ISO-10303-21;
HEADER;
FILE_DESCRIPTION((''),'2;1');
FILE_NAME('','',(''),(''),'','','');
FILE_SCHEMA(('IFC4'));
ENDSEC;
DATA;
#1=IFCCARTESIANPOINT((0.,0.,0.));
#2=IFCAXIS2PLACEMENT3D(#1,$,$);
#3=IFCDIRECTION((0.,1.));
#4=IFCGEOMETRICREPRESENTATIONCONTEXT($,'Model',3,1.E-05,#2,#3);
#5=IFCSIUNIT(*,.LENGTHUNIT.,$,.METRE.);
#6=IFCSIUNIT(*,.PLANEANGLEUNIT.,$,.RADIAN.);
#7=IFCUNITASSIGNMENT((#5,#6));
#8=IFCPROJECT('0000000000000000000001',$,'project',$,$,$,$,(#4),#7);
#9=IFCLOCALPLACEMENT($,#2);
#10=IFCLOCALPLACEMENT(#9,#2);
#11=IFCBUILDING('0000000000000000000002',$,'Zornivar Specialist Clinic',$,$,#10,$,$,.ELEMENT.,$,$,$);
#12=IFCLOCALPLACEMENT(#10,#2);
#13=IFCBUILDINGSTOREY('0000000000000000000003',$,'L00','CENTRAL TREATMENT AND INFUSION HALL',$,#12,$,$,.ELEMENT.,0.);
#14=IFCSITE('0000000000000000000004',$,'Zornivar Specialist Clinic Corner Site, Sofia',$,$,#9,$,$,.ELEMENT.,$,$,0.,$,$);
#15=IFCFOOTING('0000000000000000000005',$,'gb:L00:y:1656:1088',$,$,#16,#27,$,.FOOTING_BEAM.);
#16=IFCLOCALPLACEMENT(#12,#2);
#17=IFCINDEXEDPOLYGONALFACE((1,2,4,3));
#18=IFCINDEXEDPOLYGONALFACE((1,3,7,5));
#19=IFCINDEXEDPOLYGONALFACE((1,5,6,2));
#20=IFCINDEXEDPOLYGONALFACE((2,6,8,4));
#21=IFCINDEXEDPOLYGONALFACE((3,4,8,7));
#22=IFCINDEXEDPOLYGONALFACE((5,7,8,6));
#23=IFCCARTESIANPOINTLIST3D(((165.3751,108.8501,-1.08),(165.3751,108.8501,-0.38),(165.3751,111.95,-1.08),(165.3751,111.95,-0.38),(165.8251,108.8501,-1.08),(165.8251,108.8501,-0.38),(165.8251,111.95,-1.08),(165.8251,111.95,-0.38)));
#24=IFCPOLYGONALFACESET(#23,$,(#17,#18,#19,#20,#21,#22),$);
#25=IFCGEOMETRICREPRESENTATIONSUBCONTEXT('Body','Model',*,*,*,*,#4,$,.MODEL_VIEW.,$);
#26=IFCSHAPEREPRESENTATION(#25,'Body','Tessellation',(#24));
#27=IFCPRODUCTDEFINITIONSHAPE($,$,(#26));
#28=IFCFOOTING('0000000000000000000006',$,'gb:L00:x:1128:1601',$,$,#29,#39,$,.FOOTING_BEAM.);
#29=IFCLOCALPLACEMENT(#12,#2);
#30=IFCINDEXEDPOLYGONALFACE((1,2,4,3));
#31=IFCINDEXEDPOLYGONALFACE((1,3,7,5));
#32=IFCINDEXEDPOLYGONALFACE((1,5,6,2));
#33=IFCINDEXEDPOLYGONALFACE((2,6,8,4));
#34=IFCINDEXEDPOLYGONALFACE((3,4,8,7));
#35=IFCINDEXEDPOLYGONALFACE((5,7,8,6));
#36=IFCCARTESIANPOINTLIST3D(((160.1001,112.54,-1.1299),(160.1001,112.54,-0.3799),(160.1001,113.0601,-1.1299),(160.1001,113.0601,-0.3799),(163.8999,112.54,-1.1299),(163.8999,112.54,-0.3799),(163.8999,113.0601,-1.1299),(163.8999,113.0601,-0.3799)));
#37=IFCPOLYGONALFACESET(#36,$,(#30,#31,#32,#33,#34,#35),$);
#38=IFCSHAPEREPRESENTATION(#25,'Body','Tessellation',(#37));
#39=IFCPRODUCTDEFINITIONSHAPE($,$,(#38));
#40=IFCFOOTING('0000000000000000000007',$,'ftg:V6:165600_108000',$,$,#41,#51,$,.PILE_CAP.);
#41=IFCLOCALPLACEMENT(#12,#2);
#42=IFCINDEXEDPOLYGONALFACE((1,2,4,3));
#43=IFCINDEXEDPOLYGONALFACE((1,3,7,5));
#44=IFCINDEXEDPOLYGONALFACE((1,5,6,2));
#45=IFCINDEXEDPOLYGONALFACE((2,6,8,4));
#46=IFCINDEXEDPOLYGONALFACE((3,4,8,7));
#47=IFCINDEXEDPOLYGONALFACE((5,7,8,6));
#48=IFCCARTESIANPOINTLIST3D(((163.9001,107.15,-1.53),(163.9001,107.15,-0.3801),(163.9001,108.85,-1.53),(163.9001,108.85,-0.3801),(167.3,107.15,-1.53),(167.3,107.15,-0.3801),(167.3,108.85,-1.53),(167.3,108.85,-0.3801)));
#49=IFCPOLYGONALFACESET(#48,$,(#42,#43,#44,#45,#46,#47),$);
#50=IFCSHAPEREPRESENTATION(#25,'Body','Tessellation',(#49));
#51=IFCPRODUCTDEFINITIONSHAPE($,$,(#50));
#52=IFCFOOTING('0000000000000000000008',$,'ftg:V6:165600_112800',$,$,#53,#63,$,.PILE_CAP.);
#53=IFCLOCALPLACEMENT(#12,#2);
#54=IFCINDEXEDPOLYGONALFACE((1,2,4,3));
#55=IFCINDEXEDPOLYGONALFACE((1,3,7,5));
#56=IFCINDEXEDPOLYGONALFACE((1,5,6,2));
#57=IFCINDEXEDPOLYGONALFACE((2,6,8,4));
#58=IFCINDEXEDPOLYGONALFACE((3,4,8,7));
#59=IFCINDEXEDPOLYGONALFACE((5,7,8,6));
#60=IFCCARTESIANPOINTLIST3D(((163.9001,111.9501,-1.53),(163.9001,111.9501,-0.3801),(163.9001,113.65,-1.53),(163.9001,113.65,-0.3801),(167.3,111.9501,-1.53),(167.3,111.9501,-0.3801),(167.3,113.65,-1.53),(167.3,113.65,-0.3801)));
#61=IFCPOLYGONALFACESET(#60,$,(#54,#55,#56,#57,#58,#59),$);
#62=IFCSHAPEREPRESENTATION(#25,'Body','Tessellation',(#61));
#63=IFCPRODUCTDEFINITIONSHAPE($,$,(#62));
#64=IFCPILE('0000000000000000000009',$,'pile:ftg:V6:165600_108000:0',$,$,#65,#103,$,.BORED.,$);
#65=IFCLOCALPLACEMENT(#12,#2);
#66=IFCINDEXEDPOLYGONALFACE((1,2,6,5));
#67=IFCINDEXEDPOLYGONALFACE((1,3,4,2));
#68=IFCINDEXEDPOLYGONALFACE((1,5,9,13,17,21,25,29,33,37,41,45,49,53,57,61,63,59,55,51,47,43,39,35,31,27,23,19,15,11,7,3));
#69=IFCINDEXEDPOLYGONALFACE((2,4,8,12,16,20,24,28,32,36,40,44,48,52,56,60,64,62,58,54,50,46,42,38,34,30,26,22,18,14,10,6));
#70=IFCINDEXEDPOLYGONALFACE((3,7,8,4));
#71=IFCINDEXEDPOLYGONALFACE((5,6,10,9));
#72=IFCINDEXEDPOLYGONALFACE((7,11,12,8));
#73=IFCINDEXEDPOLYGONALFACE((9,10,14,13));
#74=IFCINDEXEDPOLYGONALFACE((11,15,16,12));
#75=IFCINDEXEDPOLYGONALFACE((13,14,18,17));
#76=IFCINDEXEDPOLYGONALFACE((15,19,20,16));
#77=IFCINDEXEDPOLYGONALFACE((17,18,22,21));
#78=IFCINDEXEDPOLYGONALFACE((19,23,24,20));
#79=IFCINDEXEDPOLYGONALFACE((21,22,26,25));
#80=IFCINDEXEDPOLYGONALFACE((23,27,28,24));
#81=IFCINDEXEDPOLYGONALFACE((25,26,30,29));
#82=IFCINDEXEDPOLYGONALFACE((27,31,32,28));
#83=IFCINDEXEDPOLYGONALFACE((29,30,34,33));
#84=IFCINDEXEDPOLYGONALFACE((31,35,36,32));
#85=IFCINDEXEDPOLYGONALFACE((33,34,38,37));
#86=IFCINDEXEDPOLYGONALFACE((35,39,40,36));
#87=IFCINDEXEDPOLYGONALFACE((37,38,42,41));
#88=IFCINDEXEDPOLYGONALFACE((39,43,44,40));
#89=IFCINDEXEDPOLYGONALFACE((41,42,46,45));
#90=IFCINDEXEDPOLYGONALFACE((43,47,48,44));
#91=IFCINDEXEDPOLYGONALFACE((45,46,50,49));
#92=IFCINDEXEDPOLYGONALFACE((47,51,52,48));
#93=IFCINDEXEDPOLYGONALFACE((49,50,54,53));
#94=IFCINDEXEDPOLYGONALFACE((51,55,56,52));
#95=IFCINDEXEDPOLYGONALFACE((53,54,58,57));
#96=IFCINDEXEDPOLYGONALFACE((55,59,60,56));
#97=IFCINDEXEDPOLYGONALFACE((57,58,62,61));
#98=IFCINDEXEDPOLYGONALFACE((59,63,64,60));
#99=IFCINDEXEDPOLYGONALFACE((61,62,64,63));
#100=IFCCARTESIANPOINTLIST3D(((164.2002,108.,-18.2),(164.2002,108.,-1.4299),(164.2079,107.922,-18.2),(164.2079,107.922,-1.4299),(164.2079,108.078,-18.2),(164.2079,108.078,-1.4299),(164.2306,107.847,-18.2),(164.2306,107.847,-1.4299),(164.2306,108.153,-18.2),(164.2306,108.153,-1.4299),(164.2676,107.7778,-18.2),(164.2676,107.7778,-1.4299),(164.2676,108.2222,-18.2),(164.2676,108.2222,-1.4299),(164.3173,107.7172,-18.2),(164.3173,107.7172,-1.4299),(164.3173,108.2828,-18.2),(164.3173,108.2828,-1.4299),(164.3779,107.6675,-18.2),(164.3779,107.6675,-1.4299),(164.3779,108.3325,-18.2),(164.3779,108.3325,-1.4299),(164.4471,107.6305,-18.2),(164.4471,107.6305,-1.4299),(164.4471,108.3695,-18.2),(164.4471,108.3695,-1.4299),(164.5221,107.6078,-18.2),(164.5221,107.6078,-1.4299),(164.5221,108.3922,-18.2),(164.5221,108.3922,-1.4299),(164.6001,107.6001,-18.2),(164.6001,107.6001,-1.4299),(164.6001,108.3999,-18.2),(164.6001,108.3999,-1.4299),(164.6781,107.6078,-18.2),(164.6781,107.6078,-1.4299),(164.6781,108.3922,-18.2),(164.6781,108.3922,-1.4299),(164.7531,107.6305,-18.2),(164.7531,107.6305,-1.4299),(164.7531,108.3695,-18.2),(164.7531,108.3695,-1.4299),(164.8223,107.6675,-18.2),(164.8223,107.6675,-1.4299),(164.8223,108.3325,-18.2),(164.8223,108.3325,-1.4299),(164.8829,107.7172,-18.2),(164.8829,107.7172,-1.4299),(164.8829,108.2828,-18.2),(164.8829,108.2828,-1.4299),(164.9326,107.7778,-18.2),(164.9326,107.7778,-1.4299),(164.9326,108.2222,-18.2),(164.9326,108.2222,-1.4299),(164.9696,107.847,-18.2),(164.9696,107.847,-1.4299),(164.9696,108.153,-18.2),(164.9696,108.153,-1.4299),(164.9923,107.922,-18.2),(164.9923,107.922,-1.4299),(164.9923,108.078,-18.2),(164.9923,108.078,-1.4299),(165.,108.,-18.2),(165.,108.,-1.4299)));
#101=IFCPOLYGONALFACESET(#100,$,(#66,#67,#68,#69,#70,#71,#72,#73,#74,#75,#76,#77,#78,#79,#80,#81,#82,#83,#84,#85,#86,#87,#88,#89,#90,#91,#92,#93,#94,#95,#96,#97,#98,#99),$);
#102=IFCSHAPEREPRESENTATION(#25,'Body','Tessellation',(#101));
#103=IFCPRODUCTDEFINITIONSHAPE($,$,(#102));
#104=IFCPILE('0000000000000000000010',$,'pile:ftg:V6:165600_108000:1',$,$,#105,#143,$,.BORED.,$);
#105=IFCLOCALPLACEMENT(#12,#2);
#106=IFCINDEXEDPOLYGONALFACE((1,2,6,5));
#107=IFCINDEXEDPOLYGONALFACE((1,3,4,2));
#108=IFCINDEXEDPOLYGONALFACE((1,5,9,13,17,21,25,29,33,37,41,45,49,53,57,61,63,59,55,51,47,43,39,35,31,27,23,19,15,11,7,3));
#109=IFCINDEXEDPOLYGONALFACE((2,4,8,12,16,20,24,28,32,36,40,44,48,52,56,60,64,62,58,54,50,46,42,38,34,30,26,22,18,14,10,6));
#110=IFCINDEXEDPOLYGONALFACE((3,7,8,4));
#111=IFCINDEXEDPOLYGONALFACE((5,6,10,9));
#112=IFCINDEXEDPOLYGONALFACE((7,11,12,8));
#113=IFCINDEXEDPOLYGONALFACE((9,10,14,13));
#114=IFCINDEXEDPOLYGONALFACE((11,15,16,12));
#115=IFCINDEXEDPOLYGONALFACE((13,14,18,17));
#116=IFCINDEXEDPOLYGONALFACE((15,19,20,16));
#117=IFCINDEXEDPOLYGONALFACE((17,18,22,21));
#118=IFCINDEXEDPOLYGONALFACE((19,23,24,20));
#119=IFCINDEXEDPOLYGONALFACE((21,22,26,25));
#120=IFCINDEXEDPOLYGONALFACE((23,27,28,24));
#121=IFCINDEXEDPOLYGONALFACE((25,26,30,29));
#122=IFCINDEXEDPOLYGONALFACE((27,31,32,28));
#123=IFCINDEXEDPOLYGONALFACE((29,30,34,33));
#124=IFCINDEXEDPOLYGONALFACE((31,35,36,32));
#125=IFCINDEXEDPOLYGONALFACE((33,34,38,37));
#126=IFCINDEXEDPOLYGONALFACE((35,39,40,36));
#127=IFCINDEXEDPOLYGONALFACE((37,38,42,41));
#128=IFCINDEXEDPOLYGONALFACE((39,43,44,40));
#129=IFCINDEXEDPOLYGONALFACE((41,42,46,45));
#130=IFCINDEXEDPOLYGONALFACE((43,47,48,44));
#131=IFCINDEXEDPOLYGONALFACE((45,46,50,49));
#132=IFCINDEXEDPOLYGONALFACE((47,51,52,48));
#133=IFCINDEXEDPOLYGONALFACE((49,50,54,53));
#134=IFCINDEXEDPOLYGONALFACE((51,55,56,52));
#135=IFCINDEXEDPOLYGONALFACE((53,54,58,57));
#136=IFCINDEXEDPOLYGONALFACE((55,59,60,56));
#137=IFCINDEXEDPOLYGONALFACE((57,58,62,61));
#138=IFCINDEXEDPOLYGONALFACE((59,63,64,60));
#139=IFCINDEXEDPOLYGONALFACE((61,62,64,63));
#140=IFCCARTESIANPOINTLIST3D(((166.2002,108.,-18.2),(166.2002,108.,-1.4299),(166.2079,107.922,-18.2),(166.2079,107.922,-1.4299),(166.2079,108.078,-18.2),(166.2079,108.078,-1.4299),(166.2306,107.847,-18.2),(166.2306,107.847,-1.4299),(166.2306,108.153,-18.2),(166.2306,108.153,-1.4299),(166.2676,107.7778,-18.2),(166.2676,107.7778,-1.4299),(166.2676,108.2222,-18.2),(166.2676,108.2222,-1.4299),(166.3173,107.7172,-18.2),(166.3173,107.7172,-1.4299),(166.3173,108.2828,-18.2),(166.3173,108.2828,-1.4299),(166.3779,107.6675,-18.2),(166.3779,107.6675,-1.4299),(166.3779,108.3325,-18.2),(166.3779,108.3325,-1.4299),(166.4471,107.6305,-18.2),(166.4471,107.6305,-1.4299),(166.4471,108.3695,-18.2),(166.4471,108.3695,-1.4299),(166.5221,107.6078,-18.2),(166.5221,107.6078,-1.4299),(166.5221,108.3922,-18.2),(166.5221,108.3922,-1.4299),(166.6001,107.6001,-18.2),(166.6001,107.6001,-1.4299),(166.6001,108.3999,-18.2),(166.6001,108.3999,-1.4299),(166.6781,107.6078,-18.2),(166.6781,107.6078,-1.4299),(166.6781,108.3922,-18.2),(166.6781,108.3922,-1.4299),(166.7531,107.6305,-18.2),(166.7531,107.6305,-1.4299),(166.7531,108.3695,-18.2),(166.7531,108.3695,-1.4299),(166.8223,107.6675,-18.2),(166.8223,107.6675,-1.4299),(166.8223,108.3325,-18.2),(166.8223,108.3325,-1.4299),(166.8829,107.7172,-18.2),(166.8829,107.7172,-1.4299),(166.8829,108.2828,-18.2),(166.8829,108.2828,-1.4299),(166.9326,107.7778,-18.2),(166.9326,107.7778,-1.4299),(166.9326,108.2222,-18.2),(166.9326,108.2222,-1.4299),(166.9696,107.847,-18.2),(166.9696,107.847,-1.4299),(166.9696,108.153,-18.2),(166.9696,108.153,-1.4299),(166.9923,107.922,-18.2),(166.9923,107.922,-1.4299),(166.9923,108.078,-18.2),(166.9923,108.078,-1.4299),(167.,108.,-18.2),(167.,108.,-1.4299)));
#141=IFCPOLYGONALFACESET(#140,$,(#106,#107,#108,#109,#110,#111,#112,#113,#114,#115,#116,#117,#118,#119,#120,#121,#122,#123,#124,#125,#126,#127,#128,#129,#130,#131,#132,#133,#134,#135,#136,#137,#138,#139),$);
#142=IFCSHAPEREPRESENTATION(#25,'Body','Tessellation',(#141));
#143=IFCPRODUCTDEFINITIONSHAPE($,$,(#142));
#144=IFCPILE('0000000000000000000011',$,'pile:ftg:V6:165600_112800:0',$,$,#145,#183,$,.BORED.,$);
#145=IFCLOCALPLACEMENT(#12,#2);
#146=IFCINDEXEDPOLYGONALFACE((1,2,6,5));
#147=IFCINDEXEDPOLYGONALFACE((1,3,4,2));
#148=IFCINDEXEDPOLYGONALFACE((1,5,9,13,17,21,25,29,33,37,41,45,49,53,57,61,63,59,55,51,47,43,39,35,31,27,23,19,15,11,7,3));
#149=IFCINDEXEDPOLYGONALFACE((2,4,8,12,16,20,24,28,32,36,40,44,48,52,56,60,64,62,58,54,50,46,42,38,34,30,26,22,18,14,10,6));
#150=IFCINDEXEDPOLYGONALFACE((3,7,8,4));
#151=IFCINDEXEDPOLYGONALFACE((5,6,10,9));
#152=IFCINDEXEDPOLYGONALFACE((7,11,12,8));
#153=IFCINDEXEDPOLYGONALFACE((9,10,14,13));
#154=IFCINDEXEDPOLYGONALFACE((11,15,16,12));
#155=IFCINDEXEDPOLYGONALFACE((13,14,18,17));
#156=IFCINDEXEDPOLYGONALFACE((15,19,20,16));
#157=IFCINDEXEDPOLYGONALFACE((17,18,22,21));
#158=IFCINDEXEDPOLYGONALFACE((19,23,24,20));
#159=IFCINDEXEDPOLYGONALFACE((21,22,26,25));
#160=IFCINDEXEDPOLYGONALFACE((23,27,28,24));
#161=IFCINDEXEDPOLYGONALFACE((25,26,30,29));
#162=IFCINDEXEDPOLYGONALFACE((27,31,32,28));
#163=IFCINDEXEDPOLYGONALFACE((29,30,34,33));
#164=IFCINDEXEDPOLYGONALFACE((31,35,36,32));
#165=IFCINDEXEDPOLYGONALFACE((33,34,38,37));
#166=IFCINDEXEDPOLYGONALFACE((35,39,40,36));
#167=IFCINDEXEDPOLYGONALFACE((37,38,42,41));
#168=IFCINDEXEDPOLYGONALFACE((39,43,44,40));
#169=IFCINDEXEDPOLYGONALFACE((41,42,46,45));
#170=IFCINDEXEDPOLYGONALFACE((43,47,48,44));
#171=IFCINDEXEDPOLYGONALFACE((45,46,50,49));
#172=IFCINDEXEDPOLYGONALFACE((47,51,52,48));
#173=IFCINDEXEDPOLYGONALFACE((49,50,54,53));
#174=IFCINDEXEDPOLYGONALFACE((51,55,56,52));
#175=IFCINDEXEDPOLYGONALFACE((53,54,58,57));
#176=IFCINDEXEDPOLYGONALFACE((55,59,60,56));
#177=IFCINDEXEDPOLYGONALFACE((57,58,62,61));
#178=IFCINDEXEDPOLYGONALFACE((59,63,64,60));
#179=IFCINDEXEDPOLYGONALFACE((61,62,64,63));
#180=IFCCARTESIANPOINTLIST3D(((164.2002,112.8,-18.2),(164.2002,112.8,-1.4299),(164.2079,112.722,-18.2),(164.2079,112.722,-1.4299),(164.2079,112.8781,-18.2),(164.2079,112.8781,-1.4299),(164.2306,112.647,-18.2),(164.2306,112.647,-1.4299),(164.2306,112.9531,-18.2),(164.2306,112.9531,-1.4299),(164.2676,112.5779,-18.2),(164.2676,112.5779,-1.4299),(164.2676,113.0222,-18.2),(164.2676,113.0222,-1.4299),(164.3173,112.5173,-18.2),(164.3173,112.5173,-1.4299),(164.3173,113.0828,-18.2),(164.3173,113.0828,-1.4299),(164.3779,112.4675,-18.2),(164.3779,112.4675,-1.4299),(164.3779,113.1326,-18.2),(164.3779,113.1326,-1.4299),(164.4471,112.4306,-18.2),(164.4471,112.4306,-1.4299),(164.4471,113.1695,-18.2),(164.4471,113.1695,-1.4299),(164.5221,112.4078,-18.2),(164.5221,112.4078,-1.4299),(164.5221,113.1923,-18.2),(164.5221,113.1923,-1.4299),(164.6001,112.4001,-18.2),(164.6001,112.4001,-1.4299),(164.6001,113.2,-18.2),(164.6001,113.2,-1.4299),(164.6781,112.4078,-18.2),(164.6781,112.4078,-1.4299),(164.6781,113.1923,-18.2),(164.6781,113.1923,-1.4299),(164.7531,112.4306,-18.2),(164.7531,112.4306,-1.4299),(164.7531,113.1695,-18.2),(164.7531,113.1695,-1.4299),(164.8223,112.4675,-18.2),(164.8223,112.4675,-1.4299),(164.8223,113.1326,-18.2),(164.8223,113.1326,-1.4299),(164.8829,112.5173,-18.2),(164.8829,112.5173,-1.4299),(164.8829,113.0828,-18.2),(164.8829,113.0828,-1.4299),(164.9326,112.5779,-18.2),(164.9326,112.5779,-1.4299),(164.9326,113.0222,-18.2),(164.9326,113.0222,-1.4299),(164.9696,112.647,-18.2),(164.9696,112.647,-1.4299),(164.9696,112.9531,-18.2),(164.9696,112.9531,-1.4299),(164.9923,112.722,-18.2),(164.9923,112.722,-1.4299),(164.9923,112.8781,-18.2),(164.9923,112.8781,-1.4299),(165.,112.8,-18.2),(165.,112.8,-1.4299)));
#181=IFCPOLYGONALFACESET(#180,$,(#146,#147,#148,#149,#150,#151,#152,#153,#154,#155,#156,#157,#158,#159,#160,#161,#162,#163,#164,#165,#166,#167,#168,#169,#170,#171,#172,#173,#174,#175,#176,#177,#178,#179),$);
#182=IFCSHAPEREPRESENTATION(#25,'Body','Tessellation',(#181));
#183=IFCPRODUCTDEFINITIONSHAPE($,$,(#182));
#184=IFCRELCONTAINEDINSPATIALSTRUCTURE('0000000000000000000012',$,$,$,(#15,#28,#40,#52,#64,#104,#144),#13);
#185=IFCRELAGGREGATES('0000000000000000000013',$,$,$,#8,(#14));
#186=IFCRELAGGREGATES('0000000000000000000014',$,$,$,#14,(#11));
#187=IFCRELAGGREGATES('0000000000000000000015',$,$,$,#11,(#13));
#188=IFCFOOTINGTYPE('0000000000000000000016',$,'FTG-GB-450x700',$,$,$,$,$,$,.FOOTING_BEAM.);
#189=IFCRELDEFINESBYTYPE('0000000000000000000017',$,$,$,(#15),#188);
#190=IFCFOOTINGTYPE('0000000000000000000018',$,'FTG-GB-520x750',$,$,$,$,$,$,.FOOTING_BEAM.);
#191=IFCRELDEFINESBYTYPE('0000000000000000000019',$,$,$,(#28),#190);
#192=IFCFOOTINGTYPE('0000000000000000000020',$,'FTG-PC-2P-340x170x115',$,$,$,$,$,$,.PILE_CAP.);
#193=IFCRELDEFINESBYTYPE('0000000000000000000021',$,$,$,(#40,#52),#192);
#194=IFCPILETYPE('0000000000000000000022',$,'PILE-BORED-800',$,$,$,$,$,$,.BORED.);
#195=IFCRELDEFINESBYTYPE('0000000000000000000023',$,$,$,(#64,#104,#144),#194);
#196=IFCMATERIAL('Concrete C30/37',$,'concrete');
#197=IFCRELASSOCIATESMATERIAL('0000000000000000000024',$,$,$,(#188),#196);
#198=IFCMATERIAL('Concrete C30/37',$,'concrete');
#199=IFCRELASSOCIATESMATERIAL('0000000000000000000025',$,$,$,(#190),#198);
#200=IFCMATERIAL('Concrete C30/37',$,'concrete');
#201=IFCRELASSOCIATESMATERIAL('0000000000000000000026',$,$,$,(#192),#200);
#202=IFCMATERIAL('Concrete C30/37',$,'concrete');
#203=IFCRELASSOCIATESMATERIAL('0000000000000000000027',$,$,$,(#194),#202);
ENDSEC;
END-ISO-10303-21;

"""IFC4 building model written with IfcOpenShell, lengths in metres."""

from ifc_helpers import new_model, si_unit, direction, frame, origin, origin_2d, place, context, subcontext, project, spatial, rectangle, circle, extrude, material, material_profile, profile_set, type_object, element, save


model = new_model("IFC4")

# Units and contexts
model_context = context("Model", 3, precision=1e-05, world=origin(), true_north=direction((0.0, 1.0)))
body_context = subcontext(model_context, "Body", "Model", "MODEL_VIEW")
ifc_project = project(units=[si_unit("LENGTHUNIT", "METRE"), si_unit("PLANEANGLEUNIT", "RADIAN")], contexts=[model_context])

# Site, building, storey
site_placement = place(None, origin())
site = spatial("IfcSite", under=ifc_project, at=site_placement, Name="Zornivar Specialist Clinic Corner Site, Sofia", CompositionType="ELEMENT", RefElevation=0.0)
building_placement = place(site_placement, origin())
building = spatial("IfcBuilding", under=site, at=building_placement, Name="Zornivar Specialist Clinic", CompositionType="ELEMENT")
storey_placement = place(building_placement, origin())
storey = spatial("IfcBuildingStorey", under=building, at=storey_placement, Name="L00", Description="CENTRAL TREATMENT AND INFUSION HALL", CompositionType="ELEMENT", Elevation=0.0)

# Footings
ifc_material_1 = material(Name="Concrete C30/37", Category="concrete")
ifc_material_profile_1 = material_profile(ifc_material_1, rectangle(XDim=0.45, YDim=0.7, at=origin_2d()), Name="RC 450x700")
ifc_profile_set_1 = profile_set([ifc_material_profile_1], Name="Concrete C30/37")
footing_type_1 = type_object("IfcFootingType", Name="FTG-GB-450x700", PredefinedType="FOOTING_BEAM", material=ifc_profile_set_1)
footing_1_placement = place(storey_placement, frame((165.6001, 108.8501, -0.73), z_axis=(0.0, 1.0, 0.0), x_axis=(-1.0, 0.0, 0.0)))
element("IfcFooting", 1, at=footing_1_placement, inside=storey, type_object=footing_type_1, Name="gb:L00:y:1656:1088", PredefinedType="FOOTING_BEAM", context=body_context, shape_type="SweptSolid", body=[
    extrude(rectangle(XDim=0.45, YDim=0.7, at=origin_2d()), origin(), (0.0, 0.0, 1.0), 3.0999),
])
ifc_material_2 = material(Name="Concrete C30/37", Category="concrete")
ifc_material_profile_2 = material_profile(ifc_material_2, rectangle(XDim=0.52, YDim=0.75, at=origin_2d()), Name="RC 520x750")
ifc_profile_set_2 = profile_set([ifc_material_profile_2], Name="Concrete C30/37")
footing_type_2 = type_object("IfcFootingType", Name="FTG-GB-520x750", PredefinedType="FOOTING_BEAM", material=ifc_profile_set_2)
footing_2_placement = place(storey_placement, frame((160.1001, 112.8, -0.7549), z_axis=(1.0, 0.0, 0.0), x_axis=(0.0, 1.0, 0.0)))
element("IfcFooting", 2, at=footing_2_placement, inside=storey, type_object=footing_type_2, Name="gb:L00:x:1128:1601", PredefinedType="FOOTING_BEAM", context=body_context, shape_type="SweptSolid", body=[
    extrude(rectangle(XDim=0.52, YDim=0.75, at=origin_2d()), origin(), (0.0, 0.0, 1.0), 3.7998),
])
ifc_material_3 = material(Name="Concrete C30/37", Category="concrete")
footing_type_3 = type_object("IfcFootingType", Name="FTG-PC-2P-340x170x115", PredefinedType="PILE_CAP", material=ifc_material_3)
for number, where, z_axis, x_axis, name in (
    (3, (165.6001, 108.0, -1.53), (0.0, 0.0, 1.0), (1.0, 0.0, 0.0), "ftg:V6:165600_108000"),
    (4, (165.6001, 112.8, -1.53), (0.0, 0.0, 1.0), (1.0, 0.0, 0.0), "ftg:V6:165600_112800"),
):
    element("IfcFooting", number, at=place(storey_placement, frame(where, z_axis=z_axis, x_axis=x_axis)), inside=storey, type_object=footing_type_3, Name=name, PredefinedType="PILE_CAP", context=body_context, shape_type="SweptSolid", body=[
        extrude(rectangle(XDim=3.3999, YDim=1.7, at=origin_2d()), origin(), (0.0, 0.0, 1.0), 1.1499),
    ])

# Piles
ifc_material_4 = material(Name="Concrete C30/37", Category="concrete")
ifc_material_profile_3 = material_profile(ifc_material_4, circle(Radius=0.3999, at=origin_2d()), Name="PILE D800")
ifc_profile_set_3 = profile_set([ifc_material_profile_3], Name="Concrete C30/37")
pile_type = type_object("IfcPileType", Name="PILE-BORED-800", PredefinedType="BORED", material=ifc_profile_set_3)
for number, where, z_axis, x_axis, name in (
    (5, (164.6001, 108.0, -1.4299), (0.0, 0.0, -1.0), (1.0, 0.0, 0.0), "pile:ftg:V6:165600_108000:0"),
    (6, (166.6001, 108.0, -1.4299), (0.0, 0.0, -1.0), (1.0, 0.0, 0.0), "pile:ftg:V6:165600_108000:1"),
    (7, (164.6001, 112.8, -1.4299), (0.0, 0.0, -1.0), (1.0, 0.0, 0.0), "pile:ftg:V6:165600_112800:0"),
):
    element("IfcPile", number, at=place(storey_placement, frame(where, z_axis=z_axis, x_axis=x_axis)), inside=storey, type_object=pile_type, Name=name, PredefinedType="BORED", context=body_context, shape_type="SweptSolid", body=[
        extrude(circle(Radius=0.3999, at=origin_2d()), origin(), (0.0, 0.0, 1.0), 16.77),
    ])

save(model, "model.ifc")
